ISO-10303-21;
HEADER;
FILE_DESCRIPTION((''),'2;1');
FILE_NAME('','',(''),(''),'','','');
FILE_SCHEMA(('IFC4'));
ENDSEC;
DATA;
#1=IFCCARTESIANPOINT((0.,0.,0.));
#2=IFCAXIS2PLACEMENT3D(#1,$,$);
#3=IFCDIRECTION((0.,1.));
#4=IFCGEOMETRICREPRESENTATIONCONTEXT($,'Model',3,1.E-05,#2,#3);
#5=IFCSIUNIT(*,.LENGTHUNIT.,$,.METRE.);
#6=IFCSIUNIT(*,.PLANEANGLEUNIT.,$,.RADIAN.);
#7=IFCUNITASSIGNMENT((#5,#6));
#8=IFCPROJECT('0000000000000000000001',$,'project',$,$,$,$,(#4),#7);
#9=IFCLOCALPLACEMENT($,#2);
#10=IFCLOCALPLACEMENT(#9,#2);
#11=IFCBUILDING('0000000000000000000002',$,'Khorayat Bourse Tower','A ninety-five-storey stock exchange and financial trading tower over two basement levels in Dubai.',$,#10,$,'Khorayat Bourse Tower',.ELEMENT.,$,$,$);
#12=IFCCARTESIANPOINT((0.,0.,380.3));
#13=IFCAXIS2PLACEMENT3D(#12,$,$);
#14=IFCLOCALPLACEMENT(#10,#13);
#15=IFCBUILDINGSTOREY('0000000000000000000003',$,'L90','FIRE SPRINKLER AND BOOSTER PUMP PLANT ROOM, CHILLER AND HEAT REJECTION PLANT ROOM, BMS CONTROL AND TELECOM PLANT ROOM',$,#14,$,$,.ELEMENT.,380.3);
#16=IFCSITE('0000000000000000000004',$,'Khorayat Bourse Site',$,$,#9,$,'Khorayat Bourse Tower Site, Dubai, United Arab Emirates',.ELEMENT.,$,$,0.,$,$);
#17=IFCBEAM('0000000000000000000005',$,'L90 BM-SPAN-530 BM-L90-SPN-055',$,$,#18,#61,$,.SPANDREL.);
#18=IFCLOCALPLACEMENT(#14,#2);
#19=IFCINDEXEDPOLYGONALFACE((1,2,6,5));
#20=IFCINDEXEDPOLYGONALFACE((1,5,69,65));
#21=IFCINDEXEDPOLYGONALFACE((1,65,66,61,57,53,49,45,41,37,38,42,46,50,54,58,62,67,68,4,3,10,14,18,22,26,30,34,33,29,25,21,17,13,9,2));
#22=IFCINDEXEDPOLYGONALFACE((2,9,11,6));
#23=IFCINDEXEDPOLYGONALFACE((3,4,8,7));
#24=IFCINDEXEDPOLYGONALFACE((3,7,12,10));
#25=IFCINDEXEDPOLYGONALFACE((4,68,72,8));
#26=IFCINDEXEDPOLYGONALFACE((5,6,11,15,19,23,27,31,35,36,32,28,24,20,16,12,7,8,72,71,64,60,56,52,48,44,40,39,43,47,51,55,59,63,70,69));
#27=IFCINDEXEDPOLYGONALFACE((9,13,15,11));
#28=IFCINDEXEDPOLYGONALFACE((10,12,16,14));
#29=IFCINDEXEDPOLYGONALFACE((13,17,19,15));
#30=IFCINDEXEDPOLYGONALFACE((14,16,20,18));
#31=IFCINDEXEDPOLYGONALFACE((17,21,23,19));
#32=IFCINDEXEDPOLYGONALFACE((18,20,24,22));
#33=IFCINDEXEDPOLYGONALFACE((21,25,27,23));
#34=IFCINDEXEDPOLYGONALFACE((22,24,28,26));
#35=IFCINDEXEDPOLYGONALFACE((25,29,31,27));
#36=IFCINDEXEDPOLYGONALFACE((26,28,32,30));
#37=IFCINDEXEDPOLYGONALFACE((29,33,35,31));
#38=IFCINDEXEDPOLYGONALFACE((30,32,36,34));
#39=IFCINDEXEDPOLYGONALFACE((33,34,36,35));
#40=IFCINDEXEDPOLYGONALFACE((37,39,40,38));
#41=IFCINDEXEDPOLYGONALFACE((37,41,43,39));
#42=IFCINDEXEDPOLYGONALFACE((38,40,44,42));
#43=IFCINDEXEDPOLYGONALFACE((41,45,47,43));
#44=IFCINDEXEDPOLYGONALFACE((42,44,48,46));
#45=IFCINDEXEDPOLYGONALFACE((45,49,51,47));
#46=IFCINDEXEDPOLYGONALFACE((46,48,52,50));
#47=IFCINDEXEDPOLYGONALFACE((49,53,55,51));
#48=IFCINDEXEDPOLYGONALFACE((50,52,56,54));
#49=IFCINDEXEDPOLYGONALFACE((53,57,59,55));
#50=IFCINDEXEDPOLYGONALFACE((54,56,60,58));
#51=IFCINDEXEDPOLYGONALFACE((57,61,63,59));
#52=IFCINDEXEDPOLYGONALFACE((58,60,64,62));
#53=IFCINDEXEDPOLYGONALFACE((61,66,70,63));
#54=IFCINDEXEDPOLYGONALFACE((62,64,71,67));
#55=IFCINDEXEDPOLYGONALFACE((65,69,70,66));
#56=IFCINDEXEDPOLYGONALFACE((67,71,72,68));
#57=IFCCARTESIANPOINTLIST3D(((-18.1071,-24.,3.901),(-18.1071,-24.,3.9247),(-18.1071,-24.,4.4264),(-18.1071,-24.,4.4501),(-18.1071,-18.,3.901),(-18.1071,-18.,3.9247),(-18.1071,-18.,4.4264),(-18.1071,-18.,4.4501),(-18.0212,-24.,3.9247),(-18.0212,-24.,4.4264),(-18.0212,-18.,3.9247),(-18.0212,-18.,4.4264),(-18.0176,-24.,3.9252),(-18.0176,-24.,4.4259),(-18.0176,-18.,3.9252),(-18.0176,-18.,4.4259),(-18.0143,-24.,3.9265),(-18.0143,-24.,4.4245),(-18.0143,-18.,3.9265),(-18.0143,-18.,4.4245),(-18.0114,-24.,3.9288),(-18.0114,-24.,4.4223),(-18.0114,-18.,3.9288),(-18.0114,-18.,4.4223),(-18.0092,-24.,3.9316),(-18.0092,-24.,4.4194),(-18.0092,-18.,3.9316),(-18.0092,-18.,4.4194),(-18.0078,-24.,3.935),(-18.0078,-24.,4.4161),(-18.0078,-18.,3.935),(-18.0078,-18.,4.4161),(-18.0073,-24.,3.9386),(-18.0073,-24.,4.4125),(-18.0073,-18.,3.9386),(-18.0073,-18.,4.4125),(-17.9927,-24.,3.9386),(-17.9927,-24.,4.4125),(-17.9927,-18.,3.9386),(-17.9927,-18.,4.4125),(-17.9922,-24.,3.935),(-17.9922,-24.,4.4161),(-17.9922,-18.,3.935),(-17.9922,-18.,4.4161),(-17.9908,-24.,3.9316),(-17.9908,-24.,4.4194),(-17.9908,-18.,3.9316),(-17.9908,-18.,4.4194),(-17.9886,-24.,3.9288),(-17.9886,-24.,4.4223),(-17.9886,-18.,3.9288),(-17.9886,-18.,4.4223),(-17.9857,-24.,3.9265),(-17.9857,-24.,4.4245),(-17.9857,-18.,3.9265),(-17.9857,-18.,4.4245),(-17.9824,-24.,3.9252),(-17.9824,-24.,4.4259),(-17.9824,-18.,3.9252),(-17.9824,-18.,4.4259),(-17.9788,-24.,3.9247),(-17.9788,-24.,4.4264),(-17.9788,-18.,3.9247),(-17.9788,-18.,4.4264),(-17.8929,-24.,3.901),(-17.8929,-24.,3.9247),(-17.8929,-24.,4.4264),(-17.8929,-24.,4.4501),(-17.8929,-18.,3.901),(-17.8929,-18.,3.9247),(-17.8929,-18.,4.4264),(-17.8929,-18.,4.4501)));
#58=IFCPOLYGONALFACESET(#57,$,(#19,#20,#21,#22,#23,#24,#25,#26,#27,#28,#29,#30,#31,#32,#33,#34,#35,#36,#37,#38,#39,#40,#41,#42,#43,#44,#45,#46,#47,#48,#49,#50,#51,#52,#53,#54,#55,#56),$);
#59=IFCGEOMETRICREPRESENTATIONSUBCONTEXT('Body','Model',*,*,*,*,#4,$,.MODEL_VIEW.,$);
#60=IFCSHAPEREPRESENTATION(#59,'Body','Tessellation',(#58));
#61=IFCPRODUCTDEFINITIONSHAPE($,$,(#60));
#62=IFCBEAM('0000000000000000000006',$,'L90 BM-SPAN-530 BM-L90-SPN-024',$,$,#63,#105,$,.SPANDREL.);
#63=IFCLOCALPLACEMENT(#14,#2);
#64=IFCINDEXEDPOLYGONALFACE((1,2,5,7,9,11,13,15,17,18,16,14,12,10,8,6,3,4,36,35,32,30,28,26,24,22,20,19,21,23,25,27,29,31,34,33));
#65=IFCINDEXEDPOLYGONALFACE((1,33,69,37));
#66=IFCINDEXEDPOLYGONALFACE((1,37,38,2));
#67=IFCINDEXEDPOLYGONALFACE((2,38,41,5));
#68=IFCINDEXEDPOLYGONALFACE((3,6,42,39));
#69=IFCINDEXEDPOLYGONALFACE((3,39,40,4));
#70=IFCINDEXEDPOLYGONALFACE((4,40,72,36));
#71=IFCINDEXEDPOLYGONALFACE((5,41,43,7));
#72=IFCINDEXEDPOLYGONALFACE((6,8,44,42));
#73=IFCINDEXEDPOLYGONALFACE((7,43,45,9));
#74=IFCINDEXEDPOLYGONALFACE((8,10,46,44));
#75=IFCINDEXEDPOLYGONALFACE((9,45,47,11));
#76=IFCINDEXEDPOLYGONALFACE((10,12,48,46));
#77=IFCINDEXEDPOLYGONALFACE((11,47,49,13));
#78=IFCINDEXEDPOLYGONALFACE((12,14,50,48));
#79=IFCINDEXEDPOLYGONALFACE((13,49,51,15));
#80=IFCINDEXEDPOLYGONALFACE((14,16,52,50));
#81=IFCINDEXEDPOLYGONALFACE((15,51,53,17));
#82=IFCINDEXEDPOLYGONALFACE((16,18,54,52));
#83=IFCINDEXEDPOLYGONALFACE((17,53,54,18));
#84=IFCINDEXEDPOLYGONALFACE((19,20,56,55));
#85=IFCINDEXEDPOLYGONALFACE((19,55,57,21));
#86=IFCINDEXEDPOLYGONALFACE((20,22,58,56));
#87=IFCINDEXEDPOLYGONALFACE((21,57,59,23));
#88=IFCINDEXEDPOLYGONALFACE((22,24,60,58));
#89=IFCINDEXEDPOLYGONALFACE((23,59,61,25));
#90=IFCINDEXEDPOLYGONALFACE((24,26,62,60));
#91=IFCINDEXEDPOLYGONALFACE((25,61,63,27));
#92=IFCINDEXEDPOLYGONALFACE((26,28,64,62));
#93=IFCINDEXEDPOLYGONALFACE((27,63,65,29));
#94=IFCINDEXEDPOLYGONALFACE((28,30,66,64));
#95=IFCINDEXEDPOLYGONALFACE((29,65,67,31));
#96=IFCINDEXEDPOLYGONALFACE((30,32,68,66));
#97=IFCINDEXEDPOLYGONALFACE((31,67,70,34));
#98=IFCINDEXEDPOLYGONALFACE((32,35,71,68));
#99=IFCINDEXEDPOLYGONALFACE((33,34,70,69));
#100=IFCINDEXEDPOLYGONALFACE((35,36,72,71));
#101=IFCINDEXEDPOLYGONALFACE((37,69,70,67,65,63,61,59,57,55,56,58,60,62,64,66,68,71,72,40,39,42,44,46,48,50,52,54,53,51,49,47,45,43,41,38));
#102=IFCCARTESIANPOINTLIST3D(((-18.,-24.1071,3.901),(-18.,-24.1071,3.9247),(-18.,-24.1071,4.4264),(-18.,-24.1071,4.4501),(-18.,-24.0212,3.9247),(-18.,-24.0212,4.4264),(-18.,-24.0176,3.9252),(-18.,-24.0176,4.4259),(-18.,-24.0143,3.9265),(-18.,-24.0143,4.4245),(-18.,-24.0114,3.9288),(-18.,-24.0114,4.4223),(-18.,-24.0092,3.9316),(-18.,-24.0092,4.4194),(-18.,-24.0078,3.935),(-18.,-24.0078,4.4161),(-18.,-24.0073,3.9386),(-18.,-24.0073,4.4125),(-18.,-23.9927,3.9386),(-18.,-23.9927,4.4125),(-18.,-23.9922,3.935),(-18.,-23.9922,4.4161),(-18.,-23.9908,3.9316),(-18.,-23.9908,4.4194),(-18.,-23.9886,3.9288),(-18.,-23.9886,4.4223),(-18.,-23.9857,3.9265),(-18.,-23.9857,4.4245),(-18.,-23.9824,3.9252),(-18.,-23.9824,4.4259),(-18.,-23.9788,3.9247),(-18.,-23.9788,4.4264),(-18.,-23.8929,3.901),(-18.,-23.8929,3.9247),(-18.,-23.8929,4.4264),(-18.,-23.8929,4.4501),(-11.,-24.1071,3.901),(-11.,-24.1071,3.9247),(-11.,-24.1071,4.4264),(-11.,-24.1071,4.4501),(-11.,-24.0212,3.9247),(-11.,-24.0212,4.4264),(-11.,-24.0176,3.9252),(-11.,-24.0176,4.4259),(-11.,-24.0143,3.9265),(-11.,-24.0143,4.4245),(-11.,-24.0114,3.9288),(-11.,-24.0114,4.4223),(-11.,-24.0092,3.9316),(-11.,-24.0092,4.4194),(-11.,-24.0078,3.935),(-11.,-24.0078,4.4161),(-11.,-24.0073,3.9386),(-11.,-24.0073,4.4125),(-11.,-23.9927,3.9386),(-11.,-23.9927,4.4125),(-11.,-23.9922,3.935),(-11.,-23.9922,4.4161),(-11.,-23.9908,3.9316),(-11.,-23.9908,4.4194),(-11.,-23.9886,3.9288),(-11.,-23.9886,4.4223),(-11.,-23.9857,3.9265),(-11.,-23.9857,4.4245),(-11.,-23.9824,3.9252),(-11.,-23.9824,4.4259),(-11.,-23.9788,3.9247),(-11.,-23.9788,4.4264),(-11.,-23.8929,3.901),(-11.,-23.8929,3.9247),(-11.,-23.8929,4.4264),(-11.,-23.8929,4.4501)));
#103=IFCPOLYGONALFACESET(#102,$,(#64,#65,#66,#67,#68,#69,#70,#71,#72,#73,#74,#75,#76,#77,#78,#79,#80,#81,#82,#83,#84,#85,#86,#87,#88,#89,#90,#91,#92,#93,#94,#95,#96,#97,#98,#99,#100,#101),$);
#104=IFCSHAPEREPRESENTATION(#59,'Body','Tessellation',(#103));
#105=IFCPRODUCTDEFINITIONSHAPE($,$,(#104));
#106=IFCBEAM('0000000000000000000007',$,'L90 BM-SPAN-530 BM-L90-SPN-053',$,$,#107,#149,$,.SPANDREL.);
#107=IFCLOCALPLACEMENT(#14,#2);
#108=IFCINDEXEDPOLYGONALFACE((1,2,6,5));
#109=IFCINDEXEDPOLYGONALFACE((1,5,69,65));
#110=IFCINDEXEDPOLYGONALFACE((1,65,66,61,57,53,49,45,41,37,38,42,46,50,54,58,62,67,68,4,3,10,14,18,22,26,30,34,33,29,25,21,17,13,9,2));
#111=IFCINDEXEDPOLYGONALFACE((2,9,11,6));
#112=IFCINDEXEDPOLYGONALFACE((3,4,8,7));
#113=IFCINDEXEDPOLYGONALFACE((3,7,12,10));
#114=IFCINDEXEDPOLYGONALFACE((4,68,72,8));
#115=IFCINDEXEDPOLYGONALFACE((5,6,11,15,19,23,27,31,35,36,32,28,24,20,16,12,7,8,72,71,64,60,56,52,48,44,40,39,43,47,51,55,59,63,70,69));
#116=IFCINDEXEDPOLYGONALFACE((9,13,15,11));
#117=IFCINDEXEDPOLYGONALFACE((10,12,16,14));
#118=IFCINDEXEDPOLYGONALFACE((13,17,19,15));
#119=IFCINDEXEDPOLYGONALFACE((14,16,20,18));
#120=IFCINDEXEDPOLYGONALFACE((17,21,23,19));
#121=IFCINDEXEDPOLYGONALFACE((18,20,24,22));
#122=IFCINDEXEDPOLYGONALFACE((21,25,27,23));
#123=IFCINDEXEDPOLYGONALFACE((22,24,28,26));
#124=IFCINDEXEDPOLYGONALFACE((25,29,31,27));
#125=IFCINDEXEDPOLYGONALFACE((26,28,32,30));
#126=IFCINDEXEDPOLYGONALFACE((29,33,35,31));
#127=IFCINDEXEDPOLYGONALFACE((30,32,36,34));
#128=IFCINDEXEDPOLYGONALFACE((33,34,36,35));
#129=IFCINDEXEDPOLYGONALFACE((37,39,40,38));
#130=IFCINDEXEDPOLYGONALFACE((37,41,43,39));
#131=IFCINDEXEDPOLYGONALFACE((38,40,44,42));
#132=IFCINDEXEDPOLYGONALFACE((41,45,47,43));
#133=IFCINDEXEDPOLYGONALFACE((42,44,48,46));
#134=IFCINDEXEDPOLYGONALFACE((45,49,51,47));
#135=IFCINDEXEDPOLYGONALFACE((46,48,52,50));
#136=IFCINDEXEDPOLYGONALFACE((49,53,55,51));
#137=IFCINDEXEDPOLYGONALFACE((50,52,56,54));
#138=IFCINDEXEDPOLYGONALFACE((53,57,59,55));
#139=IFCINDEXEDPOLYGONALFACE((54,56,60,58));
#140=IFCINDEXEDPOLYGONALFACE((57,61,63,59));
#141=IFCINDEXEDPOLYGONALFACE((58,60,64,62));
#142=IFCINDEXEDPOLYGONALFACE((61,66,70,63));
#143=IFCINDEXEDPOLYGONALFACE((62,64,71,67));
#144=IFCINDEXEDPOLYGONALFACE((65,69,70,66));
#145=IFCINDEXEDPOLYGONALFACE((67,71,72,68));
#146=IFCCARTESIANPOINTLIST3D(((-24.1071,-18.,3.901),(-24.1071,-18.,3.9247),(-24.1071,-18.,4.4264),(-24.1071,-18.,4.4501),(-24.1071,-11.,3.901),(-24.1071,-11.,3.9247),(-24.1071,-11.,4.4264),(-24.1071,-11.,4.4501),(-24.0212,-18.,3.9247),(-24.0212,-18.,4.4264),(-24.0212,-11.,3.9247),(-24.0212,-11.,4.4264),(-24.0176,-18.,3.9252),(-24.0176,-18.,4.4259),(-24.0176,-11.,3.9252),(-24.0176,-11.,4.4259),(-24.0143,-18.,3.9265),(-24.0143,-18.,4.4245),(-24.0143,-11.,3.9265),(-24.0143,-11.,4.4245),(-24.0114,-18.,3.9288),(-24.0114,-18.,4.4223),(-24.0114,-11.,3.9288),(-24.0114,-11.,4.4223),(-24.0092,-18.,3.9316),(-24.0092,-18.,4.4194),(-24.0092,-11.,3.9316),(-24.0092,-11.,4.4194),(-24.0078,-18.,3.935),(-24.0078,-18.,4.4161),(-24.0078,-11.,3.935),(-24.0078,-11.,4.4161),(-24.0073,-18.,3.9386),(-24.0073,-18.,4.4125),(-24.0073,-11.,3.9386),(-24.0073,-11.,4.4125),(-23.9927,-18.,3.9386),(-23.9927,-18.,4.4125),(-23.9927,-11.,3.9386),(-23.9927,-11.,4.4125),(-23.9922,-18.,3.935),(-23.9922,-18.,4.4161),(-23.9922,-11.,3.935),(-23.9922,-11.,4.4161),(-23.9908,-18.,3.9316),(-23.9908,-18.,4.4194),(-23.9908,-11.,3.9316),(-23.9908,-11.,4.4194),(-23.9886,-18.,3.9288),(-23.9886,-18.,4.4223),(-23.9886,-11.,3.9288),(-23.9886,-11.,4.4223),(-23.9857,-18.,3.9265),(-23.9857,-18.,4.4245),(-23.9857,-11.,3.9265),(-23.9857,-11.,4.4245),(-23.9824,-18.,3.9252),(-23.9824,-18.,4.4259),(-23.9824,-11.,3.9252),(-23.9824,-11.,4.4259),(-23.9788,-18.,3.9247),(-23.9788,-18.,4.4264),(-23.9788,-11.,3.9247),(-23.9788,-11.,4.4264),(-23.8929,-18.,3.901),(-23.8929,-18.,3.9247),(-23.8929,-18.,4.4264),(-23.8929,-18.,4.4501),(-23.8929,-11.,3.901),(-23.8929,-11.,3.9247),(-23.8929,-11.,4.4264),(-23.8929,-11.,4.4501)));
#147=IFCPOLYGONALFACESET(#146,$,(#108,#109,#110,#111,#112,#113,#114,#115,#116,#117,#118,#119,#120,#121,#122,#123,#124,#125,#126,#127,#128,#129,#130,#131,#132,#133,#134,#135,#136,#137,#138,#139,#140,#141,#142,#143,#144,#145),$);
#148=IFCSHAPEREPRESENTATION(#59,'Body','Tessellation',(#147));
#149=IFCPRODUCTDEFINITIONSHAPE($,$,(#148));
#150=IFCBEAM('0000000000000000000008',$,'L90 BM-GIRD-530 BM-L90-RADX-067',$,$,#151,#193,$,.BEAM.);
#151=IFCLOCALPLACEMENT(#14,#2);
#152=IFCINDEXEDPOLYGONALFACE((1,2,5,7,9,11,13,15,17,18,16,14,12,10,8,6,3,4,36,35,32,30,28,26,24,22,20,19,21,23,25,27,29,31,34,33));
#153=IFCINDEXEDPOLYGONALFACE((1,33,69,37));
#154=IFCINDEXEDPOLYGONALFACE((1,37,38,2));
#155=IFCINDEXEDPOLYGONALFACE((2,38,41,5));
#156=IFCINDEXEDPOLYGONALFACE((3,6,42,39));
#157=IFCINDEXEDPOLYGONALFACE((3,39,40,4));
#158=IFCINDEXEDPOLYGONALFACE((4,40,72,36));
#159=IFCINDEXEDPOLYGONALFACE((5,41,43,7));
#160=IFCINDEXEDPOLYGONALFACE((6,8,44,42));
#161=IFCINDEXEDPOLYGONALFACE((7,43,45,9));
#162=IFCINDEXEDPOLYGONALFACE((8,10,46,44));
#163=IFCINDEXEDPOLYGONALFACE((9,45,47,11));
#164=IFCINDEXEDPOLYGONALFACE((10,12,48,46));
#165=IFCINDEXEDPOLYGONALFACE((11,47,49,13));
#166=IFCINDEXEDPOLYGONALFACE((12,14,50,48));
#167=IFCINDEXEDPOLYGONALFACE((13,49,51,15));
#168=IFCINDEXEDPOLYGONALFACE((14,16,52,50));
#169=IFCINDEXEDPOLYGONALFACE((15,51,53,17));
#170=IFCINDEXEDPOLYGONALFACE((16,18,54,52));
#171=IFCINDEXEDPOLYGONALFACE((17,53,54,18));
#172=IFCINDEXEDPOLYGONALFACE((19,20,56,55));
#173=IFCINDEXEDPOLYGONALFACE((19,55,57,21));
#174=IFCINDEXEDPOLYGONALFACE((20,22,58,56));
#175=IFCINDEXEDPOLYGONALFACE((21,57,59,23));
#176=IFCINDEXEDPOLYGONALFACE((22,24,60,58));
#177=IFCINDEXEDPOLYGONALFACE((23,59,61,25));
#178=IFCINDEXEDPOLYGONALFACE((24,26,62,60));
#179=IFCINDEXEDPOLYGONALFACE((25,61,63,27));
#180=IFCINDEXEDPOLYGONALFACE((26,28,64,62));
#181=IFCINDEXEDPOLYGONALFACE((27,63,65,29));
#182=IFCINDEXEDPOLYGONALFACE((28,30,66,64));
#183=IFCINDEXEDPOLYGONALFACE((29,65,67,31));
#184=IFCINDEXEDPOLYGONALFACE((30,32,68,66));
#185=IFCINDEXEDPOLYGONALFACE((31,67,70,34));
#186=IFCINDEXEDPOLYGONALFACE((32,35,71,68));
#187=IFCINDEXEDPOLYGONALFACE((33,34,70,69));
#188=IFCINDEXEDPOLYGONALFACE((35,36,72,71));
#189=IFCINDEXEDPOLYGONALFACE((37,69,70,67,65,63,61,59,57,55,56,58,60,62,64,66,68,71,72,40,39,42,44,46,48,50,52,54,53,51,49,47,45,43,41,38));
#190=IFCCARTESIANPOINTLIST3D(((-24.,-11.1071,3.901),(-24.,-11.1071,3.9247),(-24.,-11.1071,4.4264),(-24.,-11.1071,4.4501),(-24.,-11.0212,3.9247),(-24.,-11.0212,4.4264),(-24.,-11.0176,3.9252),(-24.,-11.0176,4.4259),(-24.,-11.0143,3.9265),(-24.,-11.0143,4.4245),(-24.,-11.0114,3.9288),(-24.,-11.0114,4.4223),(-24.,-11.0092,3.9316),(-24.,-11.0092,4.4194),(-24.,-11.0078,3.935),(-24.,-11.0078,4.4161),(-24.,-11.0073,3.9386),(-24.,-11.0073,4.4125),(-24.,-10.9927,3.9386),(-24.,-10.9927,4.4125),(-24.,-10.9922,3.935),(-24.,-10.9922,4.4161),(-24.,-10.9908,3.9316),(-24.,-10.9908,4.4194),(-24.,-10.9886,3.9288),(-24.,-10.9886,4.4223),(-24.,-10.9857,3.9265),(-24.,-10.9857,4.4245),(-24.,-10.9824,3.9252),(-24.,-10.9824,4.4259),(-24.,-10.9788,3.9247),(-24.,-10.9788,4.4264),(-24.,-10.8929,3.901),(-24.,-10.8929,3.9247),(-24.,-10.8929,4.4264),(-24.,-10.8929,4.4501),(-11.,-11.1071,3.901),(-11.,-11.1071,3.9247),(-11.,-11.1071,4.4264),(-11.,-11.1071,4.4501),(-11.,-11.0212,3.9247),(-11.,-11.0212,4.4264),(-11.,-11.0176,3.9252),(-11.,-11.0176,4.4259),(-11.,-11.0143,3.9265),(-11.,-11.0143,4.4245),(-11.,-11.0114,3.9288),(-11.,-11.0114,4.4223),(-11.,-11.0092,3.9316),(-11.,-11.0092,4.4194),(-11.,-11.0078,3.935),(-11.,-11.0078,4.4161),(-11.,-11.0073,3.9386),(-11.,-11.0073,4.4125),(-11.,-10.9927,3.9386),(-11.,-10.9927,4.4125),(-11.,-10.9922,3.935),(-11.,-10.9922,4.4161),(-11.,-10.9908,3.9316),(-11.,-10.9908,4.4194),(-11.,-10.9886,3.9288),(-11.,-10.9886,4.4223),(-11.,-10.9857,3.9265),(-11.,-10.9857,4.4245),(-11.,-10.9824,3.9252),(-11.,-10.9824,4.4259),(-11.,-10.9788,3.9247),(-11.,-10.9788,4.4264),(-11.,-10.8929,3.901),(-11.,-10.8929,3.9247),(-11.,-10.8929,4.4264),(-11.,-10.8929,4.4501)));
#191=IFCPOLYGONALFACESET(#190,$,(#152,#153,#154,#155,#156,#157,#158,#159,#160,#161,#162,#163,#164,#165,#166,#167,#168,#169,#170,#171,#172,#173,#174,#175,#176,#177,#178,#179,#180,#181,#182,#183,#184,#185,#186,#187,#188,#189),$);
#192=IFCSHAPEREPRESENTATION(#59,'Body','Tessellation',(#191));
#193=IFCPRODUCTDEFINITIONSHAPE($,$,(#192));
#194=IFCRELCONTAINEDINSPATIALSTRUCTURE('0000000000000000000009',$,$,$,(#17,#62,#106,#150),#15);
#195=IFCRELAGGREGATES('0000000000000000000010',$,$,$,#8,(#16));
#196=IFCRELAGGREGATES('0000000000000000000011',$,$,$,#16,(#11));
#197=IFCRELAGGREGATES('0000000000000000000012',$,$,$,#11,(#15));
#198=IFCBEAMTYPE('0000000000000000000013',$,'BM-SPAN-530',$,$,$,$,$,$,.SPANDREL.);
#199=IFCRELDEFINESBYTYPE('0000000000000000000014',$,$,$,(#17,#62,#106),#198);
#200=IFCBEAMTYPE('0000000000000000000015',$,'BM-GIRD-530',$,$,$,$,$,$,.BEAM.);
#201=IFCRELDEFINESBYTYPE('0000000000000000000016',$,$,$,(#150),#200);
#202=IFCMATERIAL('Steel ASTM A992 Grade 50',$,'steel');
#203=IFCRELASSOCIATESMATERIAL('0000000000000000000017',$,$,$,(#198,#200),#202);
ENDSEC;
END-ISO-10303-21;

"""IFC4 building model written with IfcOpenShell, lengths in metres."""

from ifc_helpers import new_model, si_unit, direction, frame, origin, origin_2d, place, context, subcontext, project, spatial, i_section, extrude, source, transform, mapped, material, material_profile, profile_set, type_object, element, save


model = new_model("IFC4")

# Units and contexts
model_context = context("Model", 3, precision=1e-05, world=origin(), true_north=direction((0.0, 1.0)))
body_context = subcontext(model_context, "Body", "Model", "MODEL_VIEW")
ifc_project = project(units=[si_unit("LENGTHUNIT", "METRE"), si_unit("PLANEANGLEUNIT", "RADIAN")], contexts=[model_context])

# Site, building, storey
site_placement = place(None, origin())
site = spatial("IfcSite", under=ifc_project, at=site_placement, Name="Khorayat Bourse Site", LongName="Khorayat Bourse Tower Site, Dubai, United Arab Emirates", CompositionType="ELEMENT", RefElevation=0.0)
building_placement = place(site_placement, origin())
building = spatial("IfcBuilding", under=site, at=building_placement, Name="Khorayat Bourse Tower", Description="A ninety-five-storey stock exchange and financial trading tower over two basement levels in Dubai.", LongName="Khorayat Bourse Tower", CompositionType="ELEMENT")
storey_placement = place(building_placement, frame((0.0, 0.0, 380.3)))
storey = spatial("IfcBuildingStorey", under=building, at=storey_placement, Name="L90", Description="FIRE SPRINKLER AND BOOSTER PUMP PLANT ROOM, CHILLER AND HEAT REJECTION PLANT ROOM, BMS CONTROL AND TELECOM PLANT ROOM", CompositionType="ELEMENT", Elevation=380.3)

# Beams
ifc_material_1 = material(Name="Steel ASTM A992 Grade 50", Category="steel")
ifc_material_profile_1 = material_profile(ifc_material_1, i_section(OverallWidth=0.2141, OverallDepth=0.5491, WebThickness=0.0146, FlangeThickness=0.0237, FilletRadius=0.0139, at=origin_2d()), Name="W530X138")
ifc_profile_set_1 = profile_set([ifc_material_profile_1], Name="Steel ASTM A992 Grade 50")
beam_type_1 = type_object("IfcBeamType", Name="BM-SPAN-530", PredefinedType="SPANDREL", material=ifc_profile_set_1)
shared_shape_1 = source(origin(), body_context, "Body", "SweptSolid", [
    extrude(i_section(OverallWidth=0.2141, OverallDepth=0.5491, WebThickness=0.0146, FlangeThickness=0.0237, FilletRadius=0.0139, at=origin_2d()), origin(), (0.0, 0.0, 1.0), 6.0),
])
for number, where, z_axis, x_axis, name in (
    (1, (-18.0, -24.0, 4.1755), (0.0, 1.0, 0.0), (-1.0, 0.0, 0.0), "L90 BM-SPAN-530 BM-L90-SPN-055"),
):
    element("IfcBeam", number, at=place(storey_placement, frame(where, z_axis=z_axis, x_axis=x_axis)), inside=storey, type_object=beam_type_1, Name=name, PredefinedType="SPANDREL", context=body_context, shape_type="MappedRepresentation", body=[
        mapped(shared_shape_1, transform((0.0, 0.0, 0.0), scale=1.0)),
    ])
shared_shape_2 = source(origin(), body_context, "Body", "SweptSolid", [
    extrude(i_section(OverallWidth=0.2141, OverallDepth=0.5491, WebThickness=0.0146, FlangeThickness=0.0237, FilletRadius=0.0139, at=origin_2d()), origin(), (0.0, 0.0, 1.0), 7.0),
])
for number, where, z_axis, x_axis, name in (
    (2, (-18.0, -24.0, 4.1755), (1.0, 0.0, 0.0), (0.0, 1.0, 0.0), "L90 BM-SPAN-530 BM-L90-SPN-024"),
    (3, (-24.0, -18.0, 4.1755), (0.0, 1.0, 0.0), (-1.0, 0.0, 0.0), "L90 BM-SPAN-530 BM-L90-SPN-053"),
):
    element("IfcBeam", number, at=place(storey_placement, frame(where, z_axis=z_axis, x_axis=x_axis)), inside=storey, type_object=beam_type_1, Name=name, PredefinedType="SPANDREL", context=body_context, shape_type="MappedRepresentation", body=[
        mapped(shared_shape_2, transform((0.0, 0.0, 0.0), scale=1.0)),
    ])
ifc_material_profile_2 = material_profile(ifc_material_1, i_section(OverallWidth=0.2141, OverallDepth=0.5491, WebThickness=0.0146, FlangeThickness=0.0237, FilletRadius=0.0139, at=origin_2d()), Name="W530X138")
ifc_profile_set_2 = profile_set([ifc_material_profile_2], Name="Steel ASTM A992 Grade 50")
beam_type_2 = type_object("IfcBeamType", Name="BM-GIRD-530", PredefinedType="BEAM", material=ifc_profile_set_2)
shared_shape_3 = source(origin(), body_context, "Body", "SweptSolid", [
    extrude(i_section(OverallWidth=0.2141, OverallDepth=0.5491, WebThickness=0.0146, FlangeThickness=0.0237, FilletRadius=0.0139, at=origin_2d()), origin(), (0.0, 0.0, 1.0), 13.0),
])
beam_1_placement = place(storey_placement, frame((-24.0, -11.0, 4.1755), z_axis=(1.0, 0.0, 0.0), x_axis=(0.0, 1.0, 0.0)))
element("IfcBeam", 4, at=beam_1_placement, inside=storey, type_object=beam_type_2, Name="L90 BM-GIRD-530 BM-L90-RADX-067", PredefinedType="BEAM", context=body_context, shape_type="MappedRepresentation", body=[
    mapped(shared_shape_3, transform((0.0, 0.0, 0.0), scale=1.0)),
])

save(model, "model.ifc")
